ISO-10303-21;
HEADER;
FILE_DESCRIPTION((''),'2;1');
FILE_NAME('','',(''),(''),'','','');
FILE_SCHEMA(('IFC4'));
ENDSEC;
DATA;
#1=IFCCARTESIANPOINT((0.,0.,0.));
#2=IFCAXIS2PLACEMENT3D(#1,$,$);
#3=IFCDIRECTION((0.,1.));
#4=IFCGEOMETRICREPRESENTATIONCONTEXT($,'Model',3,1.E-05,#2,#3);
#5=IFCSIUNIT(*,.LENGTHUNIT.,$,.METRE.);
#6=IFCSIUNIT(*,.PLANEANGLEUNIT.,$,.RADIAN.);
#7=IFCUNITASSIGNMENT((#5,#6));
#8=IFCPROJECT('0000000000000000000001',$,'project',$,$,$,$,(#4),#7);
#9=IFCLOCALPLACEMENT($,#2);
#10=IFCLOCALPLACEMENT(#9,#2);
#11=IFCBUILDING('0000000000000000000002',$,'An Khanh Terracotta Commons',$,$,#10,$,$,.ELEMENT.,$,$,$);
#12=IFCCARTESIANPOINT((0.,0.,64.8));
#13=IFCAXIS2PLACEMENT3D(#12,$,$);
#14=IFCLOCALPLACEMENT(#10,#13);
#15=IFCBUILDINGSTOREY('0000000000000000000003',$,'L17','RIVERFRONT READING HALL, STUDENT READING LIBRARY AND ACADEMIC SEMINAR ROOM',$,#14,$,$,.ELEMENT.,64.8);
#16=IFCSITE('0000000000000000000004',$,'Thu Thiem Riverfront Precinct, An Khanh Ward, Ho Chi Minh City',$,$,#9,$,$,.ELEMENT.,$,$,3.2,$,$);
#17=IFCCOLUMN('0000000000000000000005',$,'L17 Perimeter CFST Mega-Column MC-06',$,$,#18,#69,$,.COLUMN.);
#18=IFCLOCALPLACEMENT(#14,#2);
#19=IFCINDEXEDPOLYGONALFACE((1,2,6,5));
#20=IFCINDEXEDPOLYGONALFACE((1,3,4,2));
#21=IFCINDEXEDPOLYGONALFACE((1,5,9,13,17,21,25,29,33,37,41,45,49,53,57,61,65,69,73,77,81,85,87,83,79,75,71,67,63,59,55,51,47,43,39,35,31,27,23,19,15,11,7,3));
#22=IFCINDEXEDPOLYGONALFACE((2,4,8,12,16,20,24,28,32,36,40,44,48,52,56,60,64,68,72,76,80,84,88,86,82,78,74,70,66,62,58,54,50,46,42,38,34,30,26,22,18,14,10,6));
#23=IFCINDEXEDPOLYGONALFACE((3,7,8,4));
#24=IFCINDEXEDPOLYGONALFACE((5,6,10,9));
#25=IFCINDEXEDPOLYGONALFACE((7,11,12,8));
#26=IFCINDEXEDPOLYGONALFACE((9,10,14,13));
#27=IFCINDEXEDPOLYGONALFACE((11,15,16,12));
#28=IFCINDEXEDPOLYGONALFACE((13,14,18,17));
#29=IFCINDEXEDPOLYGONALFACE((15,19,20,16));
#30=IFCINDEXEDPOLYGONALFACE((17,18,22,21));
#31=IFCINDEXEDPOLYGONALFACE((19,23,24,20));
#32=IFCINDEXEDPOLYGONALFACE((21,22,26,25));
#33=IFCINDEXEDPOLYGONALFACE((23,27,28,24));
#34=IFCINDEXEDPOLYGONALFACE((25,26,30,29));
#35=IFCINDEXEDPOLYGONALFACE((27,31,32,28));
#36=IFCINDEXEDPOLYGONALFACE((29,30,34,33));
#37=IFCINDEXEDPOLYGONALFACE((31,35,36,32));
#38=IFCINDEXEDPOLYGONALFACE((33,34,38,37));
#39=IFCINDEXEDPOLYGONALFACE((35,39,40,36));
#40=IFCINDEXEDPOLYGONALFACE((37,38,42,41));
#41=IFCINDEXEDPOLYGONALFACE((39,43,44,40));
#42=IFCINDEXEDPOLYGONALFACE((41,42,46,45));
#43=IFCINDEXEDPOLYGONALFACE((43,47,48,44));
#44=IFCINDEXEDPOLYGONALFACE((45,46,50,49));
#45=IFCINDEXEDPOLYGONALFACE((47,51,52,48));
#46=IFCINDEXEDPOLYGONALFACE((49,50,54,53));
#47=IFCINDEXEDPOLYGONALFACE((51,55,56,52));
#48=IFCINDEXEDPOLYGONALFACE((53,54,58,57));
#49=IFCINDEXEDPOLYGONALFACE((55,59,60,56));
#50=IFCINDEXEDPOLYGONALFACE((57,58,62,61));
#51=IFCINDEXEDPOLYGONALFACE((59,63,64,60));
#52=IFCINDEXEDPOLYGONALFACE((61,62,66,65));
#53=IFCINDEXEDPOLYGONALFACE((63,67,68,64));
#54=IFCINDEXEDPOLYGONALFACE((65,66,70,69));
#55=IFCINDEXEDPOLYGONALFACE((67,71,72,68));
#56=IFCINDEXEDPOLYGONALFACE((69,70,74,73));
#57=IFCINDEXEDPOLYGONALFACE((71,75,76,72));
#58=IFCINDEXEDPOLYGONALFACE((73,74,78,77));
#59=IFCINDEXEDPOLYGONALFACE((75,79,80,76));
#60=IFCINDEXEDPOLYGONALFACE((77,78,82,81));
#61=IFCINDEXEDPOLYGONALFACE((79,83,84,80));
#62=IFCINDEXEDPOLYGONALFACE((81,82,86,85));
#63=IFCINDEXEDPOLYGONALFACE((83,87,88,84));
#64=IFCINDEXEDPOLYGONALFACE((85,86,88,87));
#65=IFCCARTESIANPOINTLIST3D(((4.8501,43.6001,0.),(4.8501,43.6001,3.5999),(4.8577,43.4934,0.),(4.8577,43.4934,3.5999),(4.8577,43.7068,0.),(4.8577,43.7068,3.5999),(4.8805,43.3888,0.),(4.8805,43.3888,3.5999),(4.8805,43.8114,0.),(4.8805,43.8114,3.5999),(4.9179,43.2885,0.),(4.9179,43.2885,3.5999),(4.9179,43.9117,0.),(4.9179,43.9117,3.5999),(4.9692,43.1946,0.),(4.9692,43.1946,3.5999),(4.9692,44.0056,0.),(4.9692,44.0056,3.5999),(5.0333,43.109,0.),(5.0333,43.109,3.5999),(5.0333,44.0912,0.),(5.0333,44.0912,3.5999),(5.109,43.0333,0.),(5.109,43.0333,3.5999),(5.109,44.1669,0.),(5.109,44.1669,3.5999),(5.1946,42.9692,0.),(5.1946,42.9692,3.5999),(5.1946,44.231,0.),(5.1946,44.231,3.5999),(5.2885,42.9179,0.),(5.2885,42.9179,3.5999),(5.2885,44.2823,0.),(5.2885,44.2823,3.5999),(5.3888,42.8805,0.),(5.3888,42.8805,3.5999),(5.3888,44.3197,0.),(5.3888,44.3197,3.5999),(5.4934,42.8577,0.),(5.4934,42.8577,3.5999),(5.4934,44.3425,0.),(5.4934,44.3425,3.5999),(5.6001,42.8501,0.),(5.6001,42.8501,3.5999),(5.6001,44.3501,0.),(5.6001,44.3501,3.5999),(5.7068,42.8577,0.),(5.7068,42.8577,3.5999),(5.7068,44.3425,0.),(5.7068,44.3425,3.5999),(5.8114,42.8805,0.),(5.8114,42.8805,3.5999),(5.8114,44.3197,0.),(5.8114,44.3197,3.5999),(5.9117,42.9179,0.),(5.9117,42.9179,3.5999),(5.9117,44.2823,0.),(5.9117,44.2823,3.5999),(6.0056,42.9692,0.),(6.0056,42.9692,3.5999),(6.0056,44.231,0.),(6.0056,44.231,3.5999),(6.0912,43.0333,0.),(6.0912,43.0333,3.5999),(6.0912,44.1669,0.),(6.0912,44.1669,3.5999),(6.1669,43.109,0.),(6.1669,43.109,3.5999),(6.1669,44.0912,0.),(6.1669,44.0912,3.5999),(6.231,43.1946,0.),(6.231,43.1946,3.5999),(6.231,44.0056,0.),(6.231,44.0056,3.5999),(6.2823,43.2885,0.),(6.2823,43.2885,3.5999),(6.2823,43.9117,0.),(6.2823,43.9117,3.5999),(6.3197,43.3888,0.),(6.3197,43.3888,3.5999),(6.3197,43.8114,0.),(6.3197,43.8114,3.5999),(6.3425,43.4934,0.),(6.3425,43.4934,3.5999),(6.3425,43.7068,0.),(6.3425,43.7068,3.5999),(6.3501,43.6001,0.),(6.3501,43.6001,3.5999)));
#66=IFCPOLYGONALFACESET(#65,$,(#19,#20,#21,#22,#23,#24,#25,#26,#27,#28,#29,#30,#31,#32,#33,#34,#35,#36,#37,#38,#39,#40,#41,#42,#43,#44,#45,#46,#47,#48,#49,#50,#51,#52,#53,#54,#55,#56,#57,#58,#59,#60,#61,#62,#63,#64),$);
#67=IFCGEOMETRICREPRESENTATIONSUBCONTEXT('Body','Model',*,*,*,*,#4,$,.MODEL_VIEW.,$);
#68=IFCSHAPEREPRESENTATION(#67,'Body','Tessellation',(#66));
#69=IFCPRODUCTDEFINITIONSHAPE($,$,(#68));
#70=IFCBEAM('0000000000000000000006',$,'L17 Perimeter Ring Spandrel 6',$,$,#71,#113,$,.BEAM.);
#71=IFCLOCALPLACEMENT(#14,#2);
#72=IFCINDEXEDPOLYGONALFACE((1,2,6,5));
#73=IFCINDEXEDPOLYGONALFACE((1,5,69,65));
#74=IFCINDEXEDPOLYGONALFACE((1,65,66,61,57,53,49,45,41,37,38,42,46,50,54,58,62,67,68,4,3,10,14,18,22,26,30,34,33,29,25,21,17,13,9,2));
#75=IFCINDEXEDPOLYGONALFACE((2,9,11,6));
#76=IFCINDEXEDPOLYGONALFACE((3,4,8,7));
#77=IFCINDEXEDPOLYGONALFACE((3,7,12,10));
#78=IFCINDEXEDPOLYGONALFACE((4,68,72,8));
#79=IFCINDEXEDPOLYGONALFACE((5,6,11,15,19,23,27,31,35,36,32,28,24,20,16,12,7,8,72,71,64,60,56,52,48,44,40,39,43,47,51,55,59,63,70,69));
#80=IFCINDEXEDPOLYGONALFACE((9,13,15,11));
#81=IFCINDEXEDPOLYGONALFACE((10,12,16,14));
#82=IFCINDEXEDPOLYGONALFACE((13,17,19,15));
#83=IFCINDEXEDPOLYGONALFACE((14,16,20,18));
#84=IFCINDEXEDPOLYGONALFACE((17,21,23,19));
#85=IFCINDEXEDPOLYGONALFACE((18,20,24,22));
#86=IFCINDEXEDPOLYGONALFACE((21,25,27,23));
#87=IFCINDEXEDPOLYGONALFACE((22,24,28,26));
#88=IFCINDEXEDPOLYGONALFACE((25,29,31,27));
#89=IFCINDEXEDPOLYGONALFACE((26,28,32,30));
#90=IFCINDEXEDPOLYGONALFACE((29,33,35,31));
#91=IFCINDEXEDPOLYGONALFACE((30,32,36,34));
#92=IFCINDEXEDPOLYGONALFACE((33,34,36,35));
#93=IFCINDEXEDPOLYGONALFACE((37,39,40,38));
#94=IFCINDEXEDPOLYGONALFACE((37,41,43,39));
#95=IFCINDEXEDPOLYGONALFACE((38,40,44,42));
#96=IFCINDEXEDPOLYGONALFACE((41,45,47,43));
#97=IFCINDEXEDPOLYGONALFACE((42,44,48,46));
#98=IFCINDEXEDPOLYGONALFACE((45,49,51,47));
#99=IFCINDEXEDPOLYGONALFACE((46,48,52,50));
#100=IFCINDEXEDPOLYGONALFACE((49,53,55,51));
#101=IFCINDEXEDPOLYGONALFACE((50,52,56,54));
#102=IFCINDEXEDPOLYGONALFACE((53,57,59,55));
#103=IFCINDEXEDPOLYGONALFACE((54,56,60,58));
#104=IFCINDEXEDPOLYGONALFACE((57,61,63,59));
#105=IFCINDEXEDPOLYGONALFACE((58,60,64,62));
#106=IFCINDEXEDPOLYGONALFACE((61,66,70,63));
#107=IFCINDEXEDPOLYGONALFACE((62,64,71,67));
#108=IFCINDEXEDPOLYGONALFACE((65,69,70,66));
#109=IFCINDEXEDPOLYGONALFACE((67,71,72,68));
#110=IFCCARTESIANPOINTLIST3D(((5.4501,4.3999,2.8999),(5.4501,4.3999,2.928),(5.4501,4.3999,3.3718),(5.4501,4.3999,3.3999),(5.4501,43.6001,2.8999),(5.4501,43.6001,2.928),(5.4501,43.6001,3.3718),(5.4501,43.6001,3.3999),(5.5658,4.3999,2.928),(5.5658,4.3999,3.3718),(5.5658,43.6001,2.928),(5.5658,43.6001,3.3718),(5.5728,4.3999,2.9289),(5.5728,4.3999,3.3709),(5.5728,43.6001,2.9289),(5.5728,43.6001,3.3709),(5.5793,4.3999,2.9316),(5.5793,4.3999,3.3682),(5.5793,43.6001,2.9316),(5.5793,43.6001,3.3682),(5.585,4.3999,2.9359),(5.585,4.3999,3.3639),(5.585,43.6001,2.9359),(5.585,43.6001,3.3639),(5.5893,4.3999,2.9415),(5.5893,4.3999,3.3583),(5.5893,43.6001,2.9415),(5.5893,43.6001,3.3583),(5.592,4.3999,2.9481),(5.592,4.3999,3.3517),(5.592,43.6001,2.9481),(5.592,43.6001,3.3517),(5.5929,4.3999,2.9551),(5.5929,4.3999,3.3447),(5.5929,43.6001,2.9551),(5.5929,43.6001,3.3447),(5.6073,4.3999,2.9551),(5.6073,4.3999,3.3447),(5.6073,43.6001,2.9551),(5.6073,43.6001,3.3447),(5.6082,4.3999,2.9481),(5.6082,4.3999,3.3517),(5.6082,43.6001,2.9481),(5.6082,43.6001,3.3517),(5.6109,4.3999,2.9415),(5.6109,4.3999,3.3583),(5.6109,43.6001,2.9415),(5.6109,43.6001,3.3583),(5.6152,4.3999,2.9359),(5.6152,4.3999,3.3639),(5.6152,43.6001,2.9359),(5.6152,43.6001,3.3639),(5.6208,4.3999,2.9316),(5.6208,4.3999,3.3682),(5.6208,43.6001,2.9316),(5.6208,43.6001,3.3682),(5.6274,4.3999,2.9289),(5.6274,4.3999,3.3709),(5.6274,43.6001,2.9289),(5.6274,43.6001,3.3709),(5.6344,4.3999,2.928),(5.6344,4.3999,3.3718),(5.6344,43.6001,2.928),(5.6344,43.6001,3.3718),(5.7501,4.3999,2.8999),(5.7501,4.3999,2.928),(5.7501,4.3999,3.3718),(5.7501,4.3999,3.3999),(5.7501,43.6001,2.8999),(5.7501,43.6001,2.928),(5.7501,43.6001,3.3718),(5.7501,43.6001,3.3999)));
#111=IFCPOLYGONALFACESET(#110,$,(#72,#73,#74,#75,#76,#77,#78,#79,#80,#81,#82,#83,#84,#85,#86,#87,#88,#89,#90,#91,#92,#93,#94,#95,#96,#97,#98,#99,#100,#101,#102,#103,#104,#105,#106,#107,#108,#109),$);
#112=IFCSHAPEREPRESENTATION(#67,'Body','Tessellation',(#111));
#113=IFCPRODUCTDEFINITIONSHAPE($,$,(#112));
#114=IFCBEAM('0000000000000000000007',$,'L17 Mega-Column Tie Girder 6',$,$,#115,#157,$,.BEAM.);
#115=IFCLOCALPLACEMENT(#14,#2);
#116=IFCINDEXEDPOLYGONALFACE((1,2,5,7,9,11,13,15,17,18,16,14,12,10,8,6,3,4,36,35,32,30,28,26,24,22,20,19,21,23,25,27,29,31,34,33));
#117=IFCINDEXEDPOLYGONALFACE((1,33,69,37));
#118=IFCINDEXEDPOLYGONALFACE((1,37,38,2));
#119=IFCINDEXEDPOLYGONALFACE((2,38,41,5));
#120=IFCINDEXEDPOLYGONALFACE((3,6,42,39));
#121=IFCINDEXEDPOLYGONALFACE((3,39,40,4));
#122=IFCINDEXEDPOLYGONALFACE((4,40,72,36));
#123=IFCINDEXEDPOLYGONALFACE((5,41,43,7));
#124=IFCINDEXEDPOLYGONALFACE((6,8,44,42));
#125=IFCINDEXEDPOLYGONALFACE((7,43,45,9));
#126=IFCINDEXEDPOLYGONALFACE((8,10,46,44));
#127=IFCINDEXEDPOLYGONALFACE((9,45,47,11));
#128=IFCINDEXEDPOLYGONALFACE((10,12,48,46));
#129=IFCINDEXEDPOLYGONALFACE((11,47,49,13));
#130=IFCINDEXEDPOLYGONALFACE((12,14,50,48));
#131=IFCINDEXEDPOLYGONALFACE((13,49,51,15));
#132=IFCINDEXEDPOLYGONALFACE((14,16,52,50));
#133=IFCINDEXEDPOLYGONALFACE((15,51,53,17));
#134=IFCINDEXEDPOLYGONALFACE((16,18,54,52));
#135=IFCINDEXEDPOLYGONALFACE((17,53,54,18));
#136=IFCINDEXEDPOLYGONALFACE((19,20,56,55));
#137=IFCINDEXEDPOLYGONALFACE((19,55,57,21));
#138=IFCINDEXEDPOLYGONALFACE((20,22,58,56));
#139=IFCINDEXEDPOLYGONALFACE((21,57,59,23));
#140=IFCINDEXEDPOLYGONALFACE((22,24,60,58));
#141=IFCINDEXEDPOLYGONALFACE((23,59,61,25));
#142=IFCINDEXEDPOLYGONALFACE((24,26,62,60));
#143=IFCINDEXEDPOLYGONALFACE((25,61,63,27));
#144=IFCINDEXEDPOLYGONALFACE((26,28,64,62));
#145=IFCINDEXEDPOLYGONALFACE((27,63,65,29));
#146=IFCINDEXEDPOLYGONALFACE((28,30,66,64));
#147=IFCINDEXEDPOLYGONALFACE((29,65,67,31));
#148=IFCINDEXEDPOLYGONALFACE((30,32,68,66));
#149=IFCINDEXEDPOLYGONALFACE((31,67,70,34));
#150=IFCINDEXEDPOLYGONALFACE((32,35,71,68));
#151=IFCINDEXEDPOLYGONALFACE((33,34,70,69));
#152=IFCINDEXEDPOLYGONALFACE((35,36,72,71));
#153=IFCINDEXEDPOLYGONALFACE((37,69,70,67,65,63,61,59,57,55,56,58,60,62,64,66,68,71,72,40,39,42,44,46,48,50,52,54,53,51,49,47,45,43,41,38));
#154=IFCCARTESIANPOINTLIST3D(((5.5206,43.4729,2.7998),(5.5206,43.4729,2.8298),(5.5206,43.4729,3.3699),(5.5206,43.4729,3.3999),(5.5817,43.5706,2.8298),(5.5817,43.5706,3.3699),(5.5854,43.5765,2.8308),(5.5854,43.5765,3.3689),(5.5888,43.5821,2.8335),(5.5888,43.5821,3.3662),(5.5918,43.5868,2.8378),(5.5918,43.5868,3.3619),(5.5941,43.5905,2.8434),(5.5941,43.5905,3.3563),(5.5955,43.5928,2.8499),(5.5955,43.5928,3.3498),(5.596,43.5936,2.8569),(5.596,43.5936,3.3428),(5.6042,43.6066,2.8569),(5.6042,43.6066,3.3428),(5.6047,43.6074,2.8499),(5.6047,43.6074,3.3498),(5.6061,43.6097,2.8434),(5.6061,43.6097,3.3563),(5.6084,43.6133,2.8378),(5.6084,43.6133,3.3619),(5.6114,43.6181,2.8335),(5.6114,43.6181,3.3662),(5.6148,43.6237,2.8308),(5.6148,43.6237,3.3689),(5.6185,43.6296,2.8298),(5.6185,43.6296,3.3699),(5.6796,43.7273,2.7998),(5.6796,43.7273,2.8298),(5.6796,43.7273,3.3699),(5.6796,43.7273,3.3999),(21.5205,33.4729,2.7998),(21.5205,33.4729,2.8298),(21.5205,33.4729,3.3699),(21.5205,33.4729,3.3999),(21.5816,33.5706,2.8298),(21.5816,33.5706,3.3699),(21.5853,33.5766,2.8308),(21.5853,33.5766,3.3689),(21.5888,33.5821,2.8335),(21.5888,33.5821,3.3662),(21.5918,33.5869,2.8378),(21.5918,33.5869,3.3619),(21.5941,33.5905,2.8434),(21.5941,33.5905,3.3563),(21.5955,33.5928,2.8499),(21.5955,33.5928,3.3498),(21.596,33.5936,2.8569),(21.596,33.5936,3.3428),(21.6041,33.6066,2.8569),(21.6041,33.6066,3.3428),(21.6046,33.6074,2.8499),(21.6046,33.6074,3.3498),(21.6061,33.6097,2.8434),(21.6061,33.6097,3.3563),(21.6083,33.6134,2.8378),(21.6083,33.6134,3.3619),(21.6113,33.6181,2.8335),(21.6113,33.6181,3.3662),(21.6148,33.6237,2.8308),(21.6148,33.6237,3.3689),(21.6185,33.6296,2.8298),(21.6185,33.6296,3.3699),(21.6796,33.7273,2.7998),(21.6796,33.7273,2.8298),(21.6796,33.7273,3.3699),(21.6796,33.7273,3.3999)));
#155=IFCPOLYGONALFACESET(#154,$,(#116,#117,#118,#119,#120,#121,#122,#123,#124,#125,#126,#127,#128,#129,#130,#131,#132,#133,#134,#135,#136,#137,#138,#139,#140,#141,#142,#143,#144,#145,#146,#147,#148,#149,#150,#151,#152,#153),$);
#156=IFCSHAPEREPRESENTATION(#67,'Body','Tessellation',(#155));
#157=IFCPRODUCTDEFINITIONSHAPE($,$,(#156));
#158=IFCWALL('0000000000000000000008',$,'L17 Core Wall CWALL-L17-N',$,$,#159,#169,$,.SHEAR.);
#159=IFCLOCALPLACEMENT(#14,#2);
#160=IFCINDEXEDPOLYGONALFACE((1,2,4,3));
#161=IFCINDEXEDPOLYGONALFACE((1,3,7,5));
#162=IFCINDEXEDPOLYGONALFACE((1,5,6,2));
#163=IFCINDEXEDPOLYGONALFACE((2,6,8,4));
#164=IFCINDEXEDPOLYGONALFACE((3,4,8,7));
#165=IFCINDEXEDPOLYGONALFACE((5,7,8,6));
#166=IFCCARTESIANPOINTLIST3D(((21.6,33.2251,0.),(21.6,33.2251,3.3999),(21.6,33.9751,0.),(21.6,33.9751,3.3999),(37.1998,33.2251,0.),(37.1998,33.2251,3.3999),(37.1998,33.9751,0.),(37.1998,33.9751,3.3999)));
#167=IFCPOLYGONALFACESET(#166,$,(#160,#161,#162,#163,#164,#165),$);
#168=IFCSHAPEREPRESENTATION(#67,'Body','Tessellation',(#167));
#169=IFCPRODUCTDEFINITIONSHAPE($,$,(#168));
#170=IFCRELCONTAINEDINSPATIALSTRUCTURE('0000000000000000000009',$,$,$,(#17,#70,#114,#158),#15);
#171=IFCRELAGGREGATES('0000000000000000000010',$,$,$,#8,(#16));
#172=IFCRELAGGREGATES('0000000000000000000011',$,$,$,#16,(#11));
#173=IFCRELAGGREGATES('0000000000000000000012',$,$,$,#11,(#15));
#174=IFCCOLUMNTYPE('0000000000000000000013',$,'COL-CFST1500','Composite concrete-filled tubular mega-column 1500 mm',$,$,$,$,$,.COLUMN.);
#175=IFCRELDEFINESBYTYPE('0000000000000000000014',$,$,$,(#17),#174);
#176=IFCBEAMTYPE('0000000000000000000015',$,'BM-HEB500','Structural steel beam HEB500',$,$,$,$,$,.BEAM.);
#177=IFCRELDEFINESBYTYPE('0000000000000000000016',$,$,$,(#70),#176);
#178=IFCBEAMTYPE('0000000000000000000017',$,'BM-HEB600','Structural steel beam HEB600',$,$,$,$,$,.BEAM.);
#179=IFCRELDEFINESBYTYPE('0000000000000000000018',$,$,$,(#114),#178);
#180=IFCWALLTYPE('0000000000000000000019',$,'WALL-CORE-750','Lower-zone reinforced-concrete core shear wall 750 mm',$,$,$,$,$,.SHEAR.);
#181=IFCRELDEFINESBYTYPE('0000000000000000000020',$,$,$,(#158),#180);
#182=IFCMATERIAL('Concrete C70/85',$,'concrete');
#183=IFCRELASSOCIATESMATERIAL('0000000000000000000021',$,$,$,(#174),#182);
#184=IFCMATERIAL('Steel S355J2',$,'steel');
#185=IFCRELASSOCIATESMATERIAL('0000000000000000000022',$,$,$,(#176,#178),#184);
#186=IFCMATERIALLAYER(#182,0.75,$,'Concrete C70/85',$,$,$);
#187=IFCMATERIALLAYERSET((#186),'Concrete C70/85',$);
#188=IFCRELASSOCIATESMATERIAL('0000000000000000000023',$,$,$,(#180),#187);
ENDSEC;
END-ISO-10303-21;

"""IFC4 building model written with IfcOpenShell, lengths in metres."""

from ifc_helpers import new_model, si_unit, direction, frame, frame_2d, origin, origin_2d, place, context, subcontext, project, spatial, rectangle, circle, i_section, extrude, material, layer, layer_set, material_profile, profile_set, type_object, element, save


model = new_model("IFC4")

# Units and contexts
model_context = context("Model", 3, precision=1e-05, world=origin(), true_north=direction((0.0, 1.0)))
body_context = subcontext(model_context, "Body", "Model", "MODEL_VIEW")
ifc_project = project(units=[si_unit("LENGTHUNIT", "METRE"), si_unit("PLANEANGLEUNIT", "RADIAN")], contexts=[model_context])

# Site, building, storey
site_placement = place(None, origin())
site = spatial("IfcSite", under=ifc_project, at=site_placement, Name="Thu Thiem Riverfront Precinct, An Khanh Ward, Ho Chi Minh City", CompositionType="ELEMENT", RefElevation=3.2)
building_placement = place(site_placement, origin())
building = spatial("IfcBuilding", under=site, at=building_placement, Name="An Khanh Terracotta Commons", CompositionType="ELEMENT")
storey_placement = place(building_placement, frame((0.0, 0.0, 64.8)))
storey = spatial("IfcBuildingStorey", under=building, at=storey_placement, Name="L17", Description="RIVERFRONT READING HALL, STUDENT READING LIBRARY AND ACADEMIC SEMINAR ROOM", CompositionType="ELEMENT", Elevation=64.8)

# Column
ifc_material_1 = material(Name="Concrete C70/85", Category="concrete")
ifc_material_profile_1 = material_profile(ifc_material_1, circle(Radius=0.75, at=origin_2d()), Name="CFST1500")
ifc_profile_set_1 = profile_set([ifc_material_profile_1], Name="Concrete C70/85")
column_type = type_object("IfcColumnType", Name="COL-CFST1500", Description="Composite concrete-filled tubular mega-column 1500 mm", PredefinedType="COLUMN", material=ifc_profile_set_1)
column_placement = place(storey_placement, frame((5.6001, 43.6001, 0.0), z_axis=(0.0, 0.0, 1.0), x_axis=(1.0, 0.0, 0.0)))
element("IfcColumn", 1, at=column_placement, inside=storey, type_object=column_type, Name="L17 Perimeter CFST Mega-Column MC-06", PredefinedType="COLUMN", context=body_context, shape_type="SweptSolid", body=[
    extrude(circle(Radius=0.75, at=origin_2d()), origin(), (0.0, 0.0, 1.0), 3.5999),
])

# Beams
ifc_material_2 = material(Name="Steel S355J2", Category="steel")
ifc_material_profile_2 = material_profile(ifc_material_2, i_section(OverallWidth=0.3, OverallDepth=0.5, WebThickness=0.0144, FlangeThickness=0.0281, FilletRadius=0.0271, at=origin_2d()), Name="HEB500")
ifc_profile_set_2 = profile_set([ifc_material_profile_2], Name="Steel S355J2")
beam_type_1 = type_object("IfcBeamType", Name="BM-HEB500", Description="Structural steel beam HEB500", PredefinedType="BEAM", material=ifc_profile_set_2)
beam_1_placement = place(storey_placement, frame((5.6001, 43.6001, 3.1499), z_axis=(0.0, -1.0, 0.0), x_axis=(1.0, 0.0, 0.0)))
element("IfcBeam", 2, at=beam_1_placement, inside=storey, type_object=beam_type_1, Name="L17 Perimeter Ring Spandrel 6", PredefinedType="BEAM", context=body_context, shape_type="SweptSolid", body=[
    extrude(i_section(OverallWidth=0.3, OverallDepth=0.5, WebThickness=0.0144, FlangeThickness=0.0281, FilletRadius=0.0271, at=origin_2d()), origin(), (0.0, 0.0, 1.0), 39.2002),
])
ifc_material_profile_3 = material_profile(ifc_material_2, i_section(OverallWidth=0.3, OverallDepth=0.6001, WebThickness=0.0154, FlangeThickness=0.03, FilletRadius=0.0271, at=origin_2d()), Name="HEB600")
ifc_profile_set_3 = profile_set([ifc_material_profile_3], Name="Steel S355J2")
beam_type_2 = type_object("IfcBeamType", Name="BM-HEB600", Description="Structural steel beam HEB600", PredefinedType="BEAM", material=ifc_profile_set_3)
beam_2_placement = place(storey_placement, frame((5.6001, 43.6001, 3.0999), z_axis=(0.847998, -0.529999, 0.0), x_axis=(0.529999, 0.847998, 0.0)))
element("IfcBeam", 3, at=beam_2_placement, inside=storey, type_object=beam_type_2, Name="L17 Mega-Column Tie Girder 6", PredefinedType="BEAM", context=body_context, shape_type="SweptSolid", body=[
    extrude(i_section(OverallWidth=0.3, OverallDepth=0.6001, WebThickness=0.0154, FlangeThickness=0.03, FilletRadius=0.0271, at=origin_2d()), origin(), (0.0, 0.0, 1.0), 18.8679),
])

# Wall
ifc_layer_1 = layer(ifc_material_1, 0.75, Name="Concrete C70/85")
ifc_layer_set_1 = layer_set([ifc_layer_1], Name="Concrete C70/85")
wall_type_1 = type_object("IfcWallType", Name="WALL-CORE-750", Description="Lower-zone reinforced-concrete core shear wall 750 mm", PredefinedType="SHEAR", material=ifc_layer_set_1)
wall_1_placement = place(storey_placement, frame((21.6001, 33.6001, 0.0), z_axis=(0.0, 0.0, 1.0), x_axis=(1.0, 0.0, 0.0)))
element("IfcWall", 4, at=wall_1_placement, inside=storey, type_object=wall_type_1, Name="L17 Core Wall CWALL-L17-N", PredefinedType="SHEAR", context=body_context, shape_type="SweptSolid", body=[
    extrude(rectangle(XDim=15.5999, YDim=0.75, at=frame_2d((7.7998, 0.0))), origin(), (0.0, 0.0, 1.0), 3.3999),
])

save(model, "model.ifc")
